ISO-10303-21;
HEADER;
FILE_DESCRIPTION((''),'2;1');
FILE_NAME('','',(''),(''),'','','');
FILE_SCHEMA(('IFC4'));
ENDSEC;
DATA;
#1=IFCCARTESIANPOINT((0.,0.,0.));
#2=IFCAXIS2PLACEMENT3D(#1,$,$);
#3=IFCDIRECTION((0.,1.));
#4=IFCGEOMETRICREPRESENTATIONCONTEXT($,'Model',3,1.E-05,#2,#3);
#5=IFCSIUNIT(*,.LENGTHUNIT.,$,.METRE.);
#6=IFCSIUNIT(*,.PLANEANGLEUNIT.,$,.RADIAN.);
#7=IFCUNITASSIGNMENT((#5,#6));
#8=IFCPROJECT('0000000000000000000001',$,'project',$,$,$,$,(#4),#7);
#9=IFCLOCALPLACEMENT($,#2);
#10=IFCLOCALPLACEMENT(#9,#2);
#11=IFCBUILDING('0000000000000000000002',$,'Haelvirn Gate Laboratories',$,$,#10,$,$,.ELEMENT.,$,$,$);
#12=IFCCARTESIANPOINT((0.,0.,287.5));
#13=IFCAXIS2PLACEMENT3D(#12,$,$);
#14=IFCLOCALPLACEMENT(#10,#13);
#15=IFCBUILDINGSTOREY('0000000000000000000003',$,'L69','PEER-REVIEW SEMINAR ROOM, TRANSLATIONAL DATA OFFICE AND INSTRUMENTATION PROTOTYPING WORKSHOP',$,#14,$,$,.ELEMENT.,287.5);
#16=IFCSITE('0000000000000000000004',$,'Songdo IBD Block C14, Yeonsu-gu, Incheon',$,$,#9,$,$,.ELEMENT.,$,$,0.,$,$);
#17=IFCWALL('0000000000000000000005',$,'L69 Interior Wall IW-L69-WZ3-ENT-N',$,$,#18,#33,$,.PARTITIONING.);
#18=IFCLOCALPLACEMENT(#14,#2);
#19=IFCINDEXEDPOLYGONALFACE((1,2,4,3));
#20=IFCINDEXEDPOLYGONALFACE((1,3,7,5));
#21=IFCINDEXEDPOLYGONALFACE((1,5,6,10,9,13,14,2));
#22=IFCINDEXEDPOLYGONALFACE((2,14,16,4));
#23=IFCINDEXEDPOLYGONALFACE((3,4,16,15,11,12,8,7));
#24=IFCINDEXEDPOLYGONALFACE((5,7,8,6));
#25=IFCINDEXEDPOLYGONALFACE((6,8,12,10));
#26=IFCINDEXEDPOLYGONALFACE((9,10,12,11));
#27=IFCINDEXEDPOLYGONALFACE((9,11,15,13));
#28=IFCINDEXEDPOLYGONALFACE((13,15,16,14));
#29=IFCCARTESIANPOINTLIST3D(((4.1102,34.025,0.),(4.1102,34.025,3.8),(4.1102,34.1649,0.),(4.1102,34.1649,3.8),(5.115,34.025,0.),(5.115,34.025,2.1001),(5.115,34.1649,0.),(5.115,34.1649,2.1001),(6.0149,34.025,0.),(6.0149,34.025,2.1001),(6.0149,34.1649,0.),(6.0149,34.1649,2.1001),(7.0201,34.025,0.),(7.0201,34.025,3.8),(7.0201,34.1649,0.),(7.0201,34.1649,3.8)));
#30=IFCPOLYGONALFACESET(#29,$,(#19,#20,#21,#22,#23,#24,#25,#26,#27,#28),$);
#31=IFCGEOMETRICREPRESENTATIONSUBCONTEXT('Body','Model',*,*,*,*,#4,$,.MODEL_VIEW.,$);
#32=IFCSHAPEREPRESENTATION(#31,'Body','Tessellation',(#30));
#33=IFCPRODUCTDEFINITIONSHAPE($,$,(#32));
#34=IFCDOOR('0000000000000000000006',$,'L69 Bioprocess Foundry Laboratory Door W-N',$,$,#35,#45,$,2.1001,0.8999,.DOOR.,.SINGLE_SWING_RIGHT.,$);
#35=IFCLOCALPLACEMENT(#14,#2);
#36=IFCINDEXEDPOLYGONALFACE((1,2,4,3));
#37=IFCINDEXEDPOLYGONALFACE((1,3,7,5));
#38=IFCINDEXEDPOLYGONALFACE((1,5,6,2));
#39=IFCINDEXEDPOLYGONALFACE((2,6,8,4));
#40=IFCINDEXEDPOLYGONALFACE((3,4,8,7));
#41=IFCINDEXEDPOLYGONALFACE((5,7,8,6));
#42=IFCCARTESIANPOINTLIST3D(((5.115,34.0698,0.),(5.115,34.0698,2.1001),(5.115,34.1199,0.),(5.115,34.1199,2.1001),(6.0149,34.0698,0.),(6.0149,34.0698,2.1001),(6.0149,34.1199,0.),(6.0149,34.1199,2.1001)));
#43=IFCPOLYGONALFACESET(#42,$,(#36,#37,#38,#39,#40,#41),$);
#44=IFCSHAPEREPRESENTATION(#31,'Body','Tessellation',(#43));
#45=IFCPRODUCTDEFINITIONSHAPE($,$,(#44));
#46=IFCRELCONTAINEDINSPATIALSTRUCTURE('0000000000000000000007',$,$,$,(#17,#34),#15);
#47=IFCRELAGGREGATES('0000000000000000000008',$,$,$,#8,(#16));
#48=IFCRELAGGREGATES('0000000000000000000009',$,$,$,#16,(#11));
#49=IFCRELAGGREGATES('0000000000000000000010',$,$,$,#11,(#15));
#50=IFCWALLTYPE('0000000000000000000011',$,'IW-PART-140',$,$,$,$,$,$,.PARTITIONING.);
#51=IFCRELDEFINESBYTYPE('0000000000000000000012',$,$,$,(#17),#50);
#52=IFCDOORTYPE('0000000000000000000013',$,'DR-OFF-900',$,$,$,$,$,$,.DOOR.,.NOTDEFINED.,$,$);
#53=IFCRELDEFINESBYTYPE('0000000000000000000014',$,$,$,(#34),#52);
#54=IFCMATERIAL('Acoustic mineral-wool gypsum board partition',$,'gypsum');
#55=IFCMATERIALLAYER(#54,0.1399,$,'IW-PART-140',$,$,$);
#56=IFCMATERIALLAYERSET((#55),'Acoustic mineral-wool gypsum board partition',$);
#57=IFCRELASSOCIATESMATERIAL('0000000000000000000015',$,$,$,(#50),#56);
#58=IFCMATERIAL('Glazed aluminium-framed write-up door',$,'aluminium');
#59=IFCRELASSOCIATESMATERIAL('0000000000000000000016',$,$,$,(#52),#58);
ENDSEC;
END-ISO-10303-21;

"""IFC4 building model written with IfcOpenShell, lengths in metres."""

from ifc_helpers import new_model, si_unit, direction, frame, frame_2d, origin, place, context, subcontext, project, spatial, rectangle, extrude, source, transform, mapped, material, layer, layer_set, type_object, type_shapes, element, fill, save


model = new_model("IFC4")

# Units and contexts
model_context = context("Model", 3, precision=1e-05, world=origin(), true_north=direction((0.0, 1.0)))
body_context = subcontext(model_context, "Body", "Model", "MODEL_VIEW")
ifc_project = project(units=[si_unit("LENGTHUNIT", "METRE"), si_unit("PLANEANGLEUNIT", "RADIAN")], contexts=[model_context])

# Site, building, storey
site_placement = place(None, origin())
site = spatial("IfcSite", under=ifc_project, at=site_placement, Name="Songdo IBD Block C14, Yeonsu-gu, Incheon", CompositionType="ELEMENT", RefElevation=0.0)
building_placement = place(site_placement, origin())
building = spatial("IfcBuilding", under=site, at=building_placement, Name="Haelvirn Gate Laboratories", CompositionType="ELEMENT")
storey_placement = place(building_placement, frame((0.0, 0.0, 287.5)))
storey = spatial("IfcBuildingStorey", under=building, at=storey_placement, Name="L69", Description="PEER-REVIEW SEMINAR ROOM, TRANSLATIONAL DATA OFFICE AND INSTRUMENTATION PROTOTYPING WORKSHOP", CompositionType="ELEMENT", Elevation=287.5)

# Wall, opening, door
ifc_material_1 = material(Name="Acoustic mineral-wool gypsum board partition", Category="gypsum")
ifc_layer_1 = layer(ifc_material_1, 0.1399, Name="IW-PART-140")
ifc_layer_set_1 = layer_set([ifc_layer_1], Name="Acoustic mineral-wool gypsum board partition")
wall_type_1 = type_object("IfcWallType", Name="IW-PART-140", PredefinedType="PARTITIONING", material=ifc_layer_set_1)
wall_1_placement = place(storey_placement, frame((4.1101, 34.095, 0.0), z_axis=(0.0, 0.0, 1.0), x_axis=(1.0, 0.0, 0.0)))
wall_1 = element("IfcWall", 1, at=wall_1_placement, inside=storey, type_object=wall_type_1, Name="L69 Interior Wall IW-L69-WZ3-ENT-N", PredefinedType="PARTITIONING", context=body_context, shape_type="SweptSolid", body=[
    extrude(rectangle(XDim=2.9099, YDim=0.1399, at=frame_2d((1.4551, 0.0))), origin(), (0.0, 0.0, 1.0), 3.8),
])
opening_1_placement = place(wall_1_placement, frame((1.0049, 0.0, 0.0)))
opening_1 = element("IfcOpeningElement", 2, at=opening_1_placement, cuts=wall_1, PredefinedType="OPENING", context=body_context, shape_type="SweptSolid", body=[
    extrude(rectangle(XDim=0.8999, YDim=2.1001, at=frame_2d((0.45, 1.05))), frame((0.0, 0.0801, 0.0), z_axis=(0.0, -1.0, 0.0), x_axis=(1.0, 0.0, 0.0)), (0.0, 0.0, 1.0), 0.1599),
])
ifc_material_2 = material(Name="Glazed aluminium-framed write-up door", Category="aluminium")
door_type_1 = type_object("IfcDoorType", Name="DR-OFF-900", OperationType="NOTDEFINED", PredefinedType="DOOR", material=ifc_material_2)
shared_shape_1 = source(origin(), body_context, "Body", "SweptSolid", [
    extrude(rectangle(XDim=0.8999, YDim=2.1001, at=frame_2d((0.45, 1.05))), frame((0.0, 0.0249, 0.0), z_axis=(0.0, -1.0, 0.0), x_axis=(1.0, 0.0, 0.0)), (0.0, 0.0, 1.0), 0.05),
])
type_shapes(door_type_1, [shared_shape_1])
door_1_placement = place(opening_1_placement, origin())
door_1 = element("IfcDoor", 3, at=door_1_placement, inside=storey, type_object=door_type_1, Name="L69 Bioprocess Foundry Laboratory Door W-N", OperationType="SINGLE_SWING_RIGHT", OverallHeight=2.1001, OverallWidth=0.8999, PredefinedType="DOOR", context=body_context, shape_type="MappedRepresentation", body=[
    mapped(shared_shape_1, transform((0.0, 0.0, 0.0), scale=1.0)),
])
fill(opening_1, door_1)

save(model, "model.ifc")
